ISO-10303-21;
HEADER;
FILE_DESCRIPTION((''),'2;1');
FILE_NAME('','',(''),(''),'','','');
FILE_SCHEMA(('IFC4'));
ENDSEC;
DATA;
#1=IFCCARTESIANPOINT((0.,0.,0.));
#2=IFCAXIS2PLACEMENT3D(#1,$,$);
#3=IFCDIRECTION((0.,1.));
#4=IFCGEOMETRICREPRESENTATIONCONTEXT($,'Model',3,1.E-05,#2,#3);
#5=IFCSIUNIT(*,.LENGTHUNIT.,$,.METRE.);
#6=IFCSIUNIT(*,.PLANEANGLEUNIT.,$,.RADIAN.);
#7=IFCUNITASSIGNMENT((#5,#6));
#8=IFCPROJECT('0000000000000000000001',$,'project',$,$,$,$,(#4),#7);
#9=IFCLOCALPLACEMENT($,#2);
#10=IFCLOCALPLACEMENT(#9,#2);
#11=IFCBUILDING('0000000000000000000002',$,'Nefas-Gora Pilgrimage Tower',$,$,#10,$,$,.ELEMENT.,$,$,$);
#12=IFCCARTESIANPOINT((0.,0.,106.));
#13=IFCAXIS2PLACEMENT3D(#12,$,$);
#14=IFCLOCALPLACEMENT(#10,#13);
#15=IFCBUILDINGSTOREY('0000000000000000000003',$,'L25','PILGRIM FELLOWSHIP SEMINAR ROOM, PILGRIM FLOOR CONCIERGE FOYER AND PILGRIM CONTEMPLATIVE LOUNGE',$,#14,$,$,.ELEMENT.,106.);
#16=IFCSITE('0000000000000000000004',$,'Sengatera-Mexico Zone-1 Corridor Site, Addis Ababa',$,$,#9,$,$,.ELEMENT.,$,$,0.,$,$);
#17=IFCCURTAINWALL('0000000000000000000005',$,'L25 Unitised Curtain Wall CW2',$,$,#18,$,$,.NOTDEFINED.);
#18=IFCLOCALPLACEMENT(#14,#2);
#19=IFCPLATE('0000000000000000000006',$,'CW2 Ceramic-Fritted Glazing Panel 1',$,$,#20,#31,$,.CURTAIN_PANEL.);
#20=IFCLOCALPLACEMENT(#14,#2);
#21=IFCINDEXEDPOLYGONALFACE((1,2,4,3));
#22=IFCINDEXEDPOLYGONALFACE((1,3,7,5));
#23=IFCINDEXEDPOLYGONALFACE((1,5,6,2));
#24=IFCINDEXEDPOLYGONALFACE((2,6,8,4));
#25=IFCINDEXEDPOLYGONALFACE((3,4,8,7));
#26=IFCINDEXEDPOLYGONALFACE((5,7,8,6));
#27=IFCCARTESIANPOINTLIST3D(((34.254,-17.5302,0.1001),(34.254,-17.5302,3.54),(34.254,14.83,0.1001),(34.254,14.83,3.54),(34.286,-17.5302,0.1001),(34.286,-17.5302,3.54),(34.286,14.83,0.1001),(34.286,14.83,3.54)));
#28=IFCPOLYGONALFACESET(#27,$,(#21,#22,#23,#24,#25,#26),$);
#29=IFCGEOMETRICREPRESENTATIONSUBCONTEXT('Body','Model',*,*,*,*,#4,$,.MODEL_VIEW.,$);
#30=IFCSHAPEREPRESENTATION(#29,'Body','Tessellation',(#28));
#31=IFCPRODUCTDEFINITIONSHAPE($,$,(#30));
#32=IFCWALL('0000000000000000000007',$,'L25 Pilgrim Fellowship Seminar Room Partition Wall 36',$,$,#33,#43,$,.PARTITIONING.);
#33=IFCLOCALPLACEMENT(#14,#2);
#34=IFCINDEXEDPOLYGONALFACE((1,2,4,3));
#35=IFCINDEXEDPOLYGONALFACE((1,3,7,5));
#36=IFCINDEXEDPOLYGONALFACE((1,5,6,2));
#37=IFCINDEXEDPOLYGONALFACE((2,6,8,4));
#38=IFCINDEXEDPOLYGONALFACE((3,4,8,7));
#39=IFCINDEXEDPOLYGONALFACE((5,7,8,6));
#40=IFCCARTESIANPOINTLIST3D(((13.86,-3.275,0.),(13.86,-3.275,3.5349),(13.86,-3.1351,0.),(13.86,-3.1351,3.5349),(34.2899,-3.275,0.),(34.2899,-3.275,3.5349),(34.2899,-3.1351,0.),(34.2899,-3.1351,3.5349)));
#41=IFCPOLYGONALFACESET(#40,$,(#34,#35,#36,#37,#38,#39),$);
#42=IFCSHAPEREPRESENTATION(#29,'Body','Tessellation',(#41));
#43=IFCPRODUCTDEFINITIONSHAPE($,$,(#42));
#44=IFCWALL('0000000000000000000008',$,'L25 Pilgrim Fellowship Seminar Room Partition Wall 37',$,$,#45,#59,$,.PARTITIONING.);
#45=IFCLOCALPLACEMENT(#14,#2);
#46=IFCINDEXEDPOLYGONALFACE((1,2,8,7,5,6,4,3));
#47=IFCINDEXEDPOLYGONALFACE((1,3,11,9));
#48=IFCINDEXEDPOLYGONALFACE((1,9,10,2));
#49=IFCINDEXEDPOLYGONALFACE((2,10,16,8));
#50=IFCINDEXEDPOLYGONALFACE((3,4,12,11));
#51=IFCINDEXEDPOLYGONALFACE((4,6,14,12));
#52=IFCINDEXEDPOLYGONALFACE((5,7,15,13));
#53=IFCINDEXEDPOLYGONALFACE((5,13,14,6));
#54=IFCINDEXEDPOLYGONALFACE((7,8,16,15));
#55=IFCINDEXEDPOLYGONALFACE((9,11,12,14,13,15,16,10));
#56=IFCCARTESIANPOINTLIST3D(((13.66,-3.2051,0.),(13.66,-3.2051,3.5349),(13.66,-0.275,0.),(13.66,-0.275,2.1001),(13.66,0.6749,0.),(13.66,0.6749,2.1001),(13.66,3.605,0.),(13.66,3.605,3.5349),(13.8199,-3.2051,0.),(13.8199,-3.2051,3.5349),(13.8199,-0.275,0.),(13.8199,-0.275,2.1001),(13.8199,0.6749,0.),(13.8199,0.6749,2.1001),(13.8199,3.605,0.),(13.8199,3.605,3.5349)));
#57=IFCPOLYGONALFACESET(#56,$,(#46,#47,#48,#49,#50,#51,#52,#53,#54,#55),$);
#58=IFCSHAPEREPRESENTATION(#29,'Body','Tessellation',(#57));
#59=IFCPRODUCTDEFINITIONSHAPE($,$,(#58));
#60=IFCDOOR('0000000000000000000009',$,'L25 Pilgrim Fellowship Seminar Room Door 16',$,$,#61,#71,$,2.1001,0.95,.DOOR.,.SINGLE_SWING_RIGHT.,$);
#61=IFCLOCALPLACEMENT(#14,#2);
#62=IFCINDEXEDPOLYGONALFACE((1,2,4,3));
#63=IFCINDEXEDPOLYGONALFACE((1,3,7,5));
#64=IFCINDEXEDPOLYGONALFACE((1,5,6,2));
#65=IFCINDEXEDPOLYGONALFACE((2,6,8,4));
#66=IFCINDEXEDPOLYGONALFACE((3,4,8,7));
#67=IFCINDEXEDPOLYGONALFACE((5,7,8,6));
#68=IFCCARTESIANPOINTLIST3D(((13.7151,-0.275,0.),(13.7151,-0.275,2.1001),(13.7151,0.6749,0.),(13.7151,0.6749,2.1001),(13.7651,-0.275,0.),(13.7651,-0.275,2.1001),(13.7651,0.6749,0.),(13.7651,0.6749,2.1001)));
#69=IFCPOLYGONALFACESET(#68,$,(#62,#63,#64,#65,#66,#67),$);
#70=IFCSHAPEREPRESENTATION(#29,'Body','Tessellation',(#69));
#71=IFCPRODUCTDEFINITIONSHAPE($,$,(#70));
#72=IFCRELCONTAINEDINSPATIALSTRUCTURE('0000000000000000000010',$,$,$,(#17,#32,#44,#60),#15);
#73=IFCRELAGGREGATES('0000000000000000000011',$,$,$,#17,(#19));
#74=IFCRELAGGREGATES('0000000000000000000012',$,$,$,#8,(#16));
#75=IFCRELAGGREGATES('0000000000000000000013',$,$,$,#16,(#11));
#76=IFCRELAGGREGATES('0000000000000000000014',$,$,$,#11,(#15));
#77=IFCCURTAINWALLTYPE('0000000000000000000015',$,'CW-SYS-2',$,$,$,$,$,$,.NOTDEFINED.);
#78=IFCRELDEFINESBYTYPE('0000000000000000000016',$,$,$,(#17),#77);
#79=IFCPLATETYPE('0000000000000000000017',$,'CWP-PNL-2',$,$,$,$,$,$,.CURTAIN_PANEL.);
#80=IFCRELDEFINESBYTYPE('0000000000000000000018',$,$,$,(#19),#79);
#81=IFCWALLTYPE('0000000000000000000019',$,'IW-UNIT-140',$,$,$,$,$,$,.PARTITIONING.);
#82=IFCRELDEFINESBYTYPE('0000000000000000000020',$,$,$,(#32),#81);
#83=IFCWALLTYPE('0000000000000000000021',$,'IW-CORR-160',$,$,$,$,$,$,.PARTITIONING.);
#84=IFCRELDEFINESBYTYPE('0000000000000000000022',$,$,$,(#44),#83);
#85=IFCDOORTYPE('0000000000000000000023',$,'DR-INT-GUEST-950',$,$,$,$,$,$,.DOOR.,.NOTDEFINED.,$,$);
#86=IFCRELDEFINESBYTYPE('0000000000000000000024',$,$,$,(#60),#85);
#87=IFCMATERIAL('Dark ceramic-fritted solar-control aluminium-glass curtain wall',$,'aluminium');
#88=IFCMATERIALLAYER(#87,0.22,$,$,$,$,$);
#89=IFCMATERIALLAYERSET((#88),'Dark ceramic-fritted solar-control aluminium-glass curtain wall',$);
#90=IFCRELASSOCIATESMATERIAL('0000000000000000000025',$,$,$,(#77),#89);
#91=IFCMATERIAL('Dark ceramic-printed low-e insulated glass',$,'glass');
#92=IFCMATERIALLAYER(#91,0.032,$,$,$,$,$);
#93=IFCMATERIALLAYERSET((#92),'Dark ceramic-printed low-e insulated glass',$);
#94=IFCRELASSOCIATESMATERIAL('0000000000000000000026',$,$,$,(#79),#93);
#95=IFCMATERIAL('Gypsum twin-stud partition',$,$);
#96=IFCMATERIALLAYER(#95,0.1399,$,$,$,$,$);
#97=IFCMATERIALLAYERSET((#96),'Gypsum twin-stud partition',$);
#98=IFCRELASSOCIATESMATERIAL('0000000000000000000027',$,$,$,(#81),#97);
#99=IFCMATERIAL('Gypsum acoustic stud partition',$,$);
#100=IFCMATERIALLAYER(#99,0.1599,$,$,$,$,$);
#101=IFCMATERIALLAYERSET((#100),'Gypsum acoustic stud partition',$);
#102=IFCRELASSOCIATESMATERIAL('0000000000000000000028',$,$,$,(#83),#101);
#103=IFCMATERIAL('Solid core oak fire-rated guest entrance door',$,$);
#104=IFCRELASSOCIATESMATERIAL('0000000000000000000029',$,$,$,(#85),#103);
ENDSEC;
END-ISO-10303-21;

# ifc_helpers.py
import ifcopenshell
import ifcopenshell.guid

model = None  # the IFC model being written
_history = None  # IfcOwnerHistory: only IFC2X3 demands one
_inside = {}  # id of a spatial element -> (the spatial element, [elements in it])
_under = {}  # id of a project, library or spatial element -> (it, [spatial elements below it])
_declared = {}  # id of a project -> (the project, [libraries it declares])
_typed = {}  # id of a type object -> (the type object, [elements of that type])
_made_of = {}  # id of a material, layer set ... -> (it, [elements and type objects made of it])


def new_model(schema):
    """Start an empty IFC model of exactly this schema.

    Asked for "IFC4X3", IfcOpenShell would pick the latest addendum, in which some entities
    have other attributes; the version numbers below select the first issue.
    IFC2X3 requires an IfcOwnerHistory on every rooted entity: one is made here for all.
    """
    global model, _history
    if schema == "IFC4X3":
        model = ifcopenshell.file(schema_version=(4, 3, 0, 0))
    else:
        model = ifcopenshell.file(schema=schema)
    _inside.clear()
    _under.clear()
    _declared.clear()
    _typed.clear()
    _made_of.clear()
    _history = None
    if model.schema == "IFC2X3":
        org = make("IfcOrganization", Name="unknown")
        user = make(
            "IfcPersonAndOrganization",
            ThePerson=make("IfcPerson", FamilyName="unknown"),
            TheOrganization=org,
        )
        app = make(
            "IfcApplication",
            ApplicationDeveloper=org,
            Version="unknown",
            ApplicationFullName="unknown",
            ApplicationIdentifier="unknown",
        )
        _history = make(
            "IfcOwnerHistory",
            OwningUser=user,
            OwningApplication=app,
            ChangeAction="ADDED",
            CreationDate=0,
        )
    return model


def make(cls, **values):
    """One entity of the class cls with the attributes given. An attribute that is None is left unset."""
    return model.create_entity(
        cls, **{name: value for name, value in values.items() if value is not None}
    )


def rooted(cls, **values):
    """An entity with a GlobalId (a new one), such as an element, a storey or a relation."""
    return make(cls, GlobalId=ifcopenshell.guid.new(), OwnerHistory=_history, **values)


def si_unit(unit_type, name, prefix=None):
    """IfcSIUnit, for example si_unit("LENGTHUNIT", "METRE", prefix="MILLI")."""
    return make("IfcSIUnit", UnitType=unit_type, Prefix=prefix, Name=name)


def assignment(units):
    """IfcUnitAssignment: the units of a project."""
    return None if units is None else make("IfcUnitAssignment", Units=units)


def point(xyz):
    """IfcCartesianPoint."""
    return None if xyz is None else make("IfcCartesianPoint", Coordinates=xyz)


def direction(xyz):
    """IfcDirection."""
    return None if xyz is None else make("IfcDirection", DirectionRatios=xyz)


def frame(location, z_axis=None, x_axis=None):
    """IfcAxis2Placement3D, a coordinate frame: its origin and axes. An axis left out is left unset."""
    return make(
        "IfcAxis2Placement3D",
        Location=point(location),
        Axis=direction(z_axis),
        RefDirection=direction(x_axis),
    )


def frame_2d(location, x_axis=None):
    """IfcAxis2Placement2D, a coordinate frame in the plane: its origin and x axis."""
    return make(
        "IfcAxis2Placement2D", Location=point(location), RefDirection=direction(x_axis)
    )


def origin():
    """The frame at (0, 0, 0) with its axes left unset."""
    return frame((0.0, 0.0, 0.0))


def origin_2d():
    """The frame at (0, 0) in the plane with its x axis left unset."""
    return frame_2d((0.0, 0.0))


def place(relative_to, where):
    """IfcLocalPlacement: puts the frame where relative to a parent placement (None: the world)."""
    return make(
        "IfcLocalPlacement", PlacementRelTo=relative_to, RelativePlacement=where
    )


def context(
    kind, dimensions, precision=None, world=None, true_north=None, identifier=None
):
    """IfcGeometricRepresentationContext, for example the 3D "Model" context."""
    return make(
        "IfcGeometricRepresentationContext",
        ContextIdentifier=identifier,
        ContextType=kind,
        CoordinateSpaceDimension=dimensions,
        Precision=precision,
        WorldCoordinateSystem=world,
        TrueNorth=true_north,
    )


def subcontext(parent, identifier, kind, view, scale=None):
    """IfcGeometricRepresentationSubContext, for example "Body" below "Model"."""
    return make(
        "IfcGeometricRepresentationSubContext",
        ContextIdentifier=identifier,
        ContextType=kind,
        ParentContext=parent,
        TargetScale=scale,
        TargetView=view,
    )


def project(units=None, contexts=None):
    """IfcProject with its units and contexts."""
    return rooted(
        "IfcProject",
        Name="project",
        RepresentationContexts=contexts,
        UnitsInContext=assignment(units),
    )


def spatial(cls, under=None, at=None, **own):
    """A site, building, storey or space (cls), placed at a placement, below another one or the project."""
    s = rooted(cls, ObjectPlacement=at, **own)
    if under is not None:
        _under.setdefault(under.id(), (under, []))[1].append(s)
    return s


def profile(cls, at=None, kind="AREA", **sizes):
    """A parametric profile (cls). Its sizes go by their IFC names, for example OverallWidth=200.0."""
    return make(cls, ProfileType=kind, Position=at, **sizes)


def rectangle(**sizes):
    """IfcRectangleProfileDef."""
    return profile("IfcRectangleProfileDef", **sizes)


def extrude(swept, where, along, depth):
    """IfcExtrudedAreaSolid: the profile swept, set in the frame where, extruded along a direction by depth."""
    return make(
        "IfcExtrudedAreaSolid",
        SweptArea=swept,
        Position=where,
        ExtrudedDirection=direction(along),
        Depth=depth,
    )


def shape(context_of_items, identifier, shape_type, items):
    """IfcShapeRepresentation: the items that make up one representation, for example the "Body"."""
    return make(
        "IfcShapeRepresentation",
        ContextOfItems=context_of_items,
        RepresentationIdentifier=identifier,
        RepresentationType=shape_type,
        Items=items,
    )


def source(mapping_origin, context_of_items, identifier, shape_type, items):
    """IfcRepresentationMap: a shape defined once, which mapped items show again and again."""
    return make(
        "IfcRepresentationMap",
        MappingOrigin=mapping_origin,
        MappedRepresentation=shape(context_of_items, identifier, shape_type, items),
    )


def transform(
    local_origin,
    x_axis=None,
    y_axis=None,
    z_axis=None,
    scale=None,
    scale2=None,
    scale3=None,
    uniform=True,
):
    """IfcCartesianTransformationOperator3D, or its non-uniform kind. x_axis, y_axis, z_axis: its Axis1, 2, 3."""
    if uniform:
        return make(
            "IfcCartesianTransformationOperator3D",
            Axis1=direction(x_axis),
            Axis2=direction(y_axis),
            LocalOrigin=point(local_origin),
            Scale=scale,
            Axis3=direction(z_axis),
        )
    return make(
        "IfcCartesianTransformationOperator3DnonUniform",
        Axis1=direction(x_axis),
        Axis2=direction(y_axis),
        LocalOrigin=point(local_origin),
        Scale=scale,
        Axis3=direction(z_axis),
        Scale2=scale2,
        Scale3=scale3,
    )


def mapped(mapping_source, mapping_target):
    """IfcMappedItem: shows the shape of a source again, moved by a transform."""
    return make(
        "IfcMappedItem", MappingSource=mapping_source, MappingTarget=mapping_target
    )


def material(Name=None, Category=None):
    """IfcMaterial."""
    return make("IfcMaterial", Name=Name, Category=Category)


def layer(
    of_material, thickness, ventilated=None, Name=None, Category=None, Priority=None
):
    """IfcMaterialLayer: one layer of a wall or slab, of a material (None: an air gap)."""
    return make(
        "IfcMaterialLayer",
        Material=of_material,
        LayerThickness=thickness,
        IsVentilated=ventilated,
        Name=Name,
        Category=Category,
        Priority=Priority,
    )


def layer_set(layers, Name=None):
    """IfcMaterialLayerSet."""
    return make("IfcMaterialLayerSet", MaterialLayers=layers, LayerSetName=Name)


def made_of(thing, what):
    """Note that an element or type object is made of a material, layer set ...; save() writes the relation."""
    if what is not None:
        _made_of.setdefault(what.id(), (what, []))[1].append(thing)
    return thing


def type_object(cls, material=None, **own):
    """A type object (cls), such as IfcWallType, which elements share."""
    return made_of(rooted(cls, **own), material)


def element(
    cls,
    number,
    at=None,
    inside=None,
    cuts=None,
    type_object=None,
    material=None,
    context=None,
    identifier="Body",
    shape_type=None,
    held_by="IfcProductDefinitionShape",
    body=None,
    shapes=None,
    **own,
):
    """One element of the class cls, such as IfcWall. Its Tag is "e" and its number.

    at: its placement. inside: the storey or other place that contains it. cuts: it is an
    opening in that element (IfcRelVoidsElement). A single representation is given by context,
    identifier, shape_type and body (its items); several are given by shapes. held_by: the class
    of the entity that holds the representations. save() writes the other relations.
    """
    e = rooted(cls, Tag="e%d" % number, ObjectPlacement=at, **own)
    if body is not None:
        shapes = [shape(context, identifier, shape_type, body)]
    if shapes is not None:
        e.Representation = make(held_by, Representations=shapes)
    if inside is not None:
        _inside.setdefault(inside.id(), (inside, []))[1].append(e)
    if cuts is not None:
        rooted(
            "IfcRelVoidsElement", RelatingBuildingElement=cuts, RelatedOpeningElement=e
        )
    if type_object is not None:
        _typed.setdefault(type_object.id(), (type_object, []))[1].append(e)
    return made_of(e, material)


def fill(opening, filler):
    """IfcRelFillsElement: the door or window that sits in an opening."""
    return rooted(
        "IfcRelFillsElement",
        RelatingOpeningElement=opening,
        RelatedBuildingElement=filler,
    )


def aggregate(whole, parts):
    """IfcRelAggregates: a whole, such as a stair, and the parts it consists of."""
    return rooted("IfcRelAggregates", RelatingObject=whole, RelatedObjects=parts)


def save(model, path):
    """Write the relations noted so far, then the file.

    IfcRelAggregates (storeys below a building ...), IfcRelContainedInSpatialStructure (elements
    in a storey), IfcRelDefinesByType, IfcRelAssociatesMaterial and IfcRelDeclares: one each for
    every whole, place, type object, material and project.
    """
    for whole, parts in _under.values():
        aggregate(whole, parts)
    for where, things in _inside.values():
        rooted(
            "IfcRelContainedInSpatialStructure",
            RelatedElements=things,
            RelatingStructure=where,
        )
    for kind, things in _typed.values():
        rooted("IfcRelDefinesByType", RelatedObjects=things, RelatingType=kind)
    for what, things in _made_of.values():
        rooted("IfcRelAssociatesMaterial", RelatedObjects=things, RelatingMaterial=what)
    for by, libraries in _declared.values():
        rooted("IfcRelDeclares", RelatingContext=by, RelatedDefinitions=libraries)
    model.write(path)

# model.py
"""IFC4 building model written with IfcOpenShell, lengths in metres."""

from ifc_helpers import new_model, si_unit, direction, frame, frame_2d, origin, origin_2d, place, context, subcontext, project, spatial, rectangle, extrude, source, transform, mapped, material, layer, layer_set, type_object, element, fill, aggregate, save


model = new_model("IFC4")

# Units and contexts
model_context = context("Model", 3, precision=1e-05, world=origin(), true_north=direction((0.0, 1.0)))
body_context = subcontext(model_context, "Body", "Model", "MODEL_VIEW")
ifc_project = project(units=[si_unit("LENGTHUNIT", "METRE"), si_unit("PLANEANGLEUNIT", "RADIAN")], contexts=[model_context])

# Site, building, storey
site_placement = place(None, origin())
site = spatial("IfcSite", under=ifc_project, at=site_placement, Name="Sengatera-Mexico Zone-1 Corridor Site, Addis Ababa", CompositionType="ELEMENT", RefElevation=0.0)
building_placement = place(site_placement, origin())
building = spatial("IfcBuilding", under=site, at=building_placement, Name="Nefas-Gora Pilgrimage Tower", CompositionType="ELEMENT")
storey_placement = place(building_placement, frame((0.0, 0.0, 106.0)))
storey = spatial("IfcBuildingStorey", under=building, at=storey_placement, Name="L25", Description="PILGRIM FELLOWSHIP SEMINAR ROOM, PILGRIM FLOOR CONCIERGE FOYER AND PILGRIM CONTEMPLATIVE LOUNGE", CompositionType="ELEMENT", Elevation=106.0)

# Curtain wall, plate
ifc_material_1 = material(Name="Dark ceramic-fritted solar-control aluminium-glass curtain wall", Category="aluminium")
ifc_layer_1 = layer(ifc_material_1, 0.22)
ifc_layer_set_1 = layer_set([ifc_layer_1], Name="Dark ceramic-fritted solar-control aluminium-glass curtain wall")
curtain_wall_type = type_object("IfcCurtainWallType", Name="CW-SYS-2", PredefinedType="NOTDEFINED", material=ifc_layer_set_1)
curtain_wall_placement = place(storey_placement, origin())
curtain_wall = element("IfcCurtainWall", 1, at=curtain_wall_placement, inside=storey, type_object=curtain_wall_type, Name="L25 Unitised Curtain Wall CW2", PredefinedType="NOTDEFINED")
ifc_material_2 = material(Name="Dark ceramic-printed low-e insulated glass", Category="glass")
ifc_layer_2 = layer(ifc_material_2, 0.032)
ifc_layer_set_2 = layer_set([ifc_layer_2], Name="Dark ceramic-printed low-e insulated glass")
plate_type = type_object("IfcPlateType", Name="CWP-PNL-2", PredefinedType="CURTAIN_PANEL", material=ifc_layer_set_2)
shared_shape_1 = source(origin(), body_context, "Body", "SweptSolid", [
    extrude(rectangle(XDim=32.3601, YDim=0.032, at=origin_2d()), origin(), (0.0, 0.0, 1.0), 3.4399),
])
plate_placement = place(storey_placement, frame((34.27, -1.3501, 0.1001), z_axis=(0.0, 0.0, 1.0), x_axis=(0.0, 1.0, 0.0)))
plate = element("IfcPlate", 2, at=plate_placement, type_object=plate_type, Name="CW2 Ceramic-Fritted Glazing Panel 1", PredefinedType="CURTAIN_PANEL", context=body_context, shape_type="MappedRepresentation", body=[
    mapped(shared_shape_1, transform((0.0, 0.0, 0.0), x_axis=(1.0, 0.0, 0.0), y_axis=(0.0, 1.0, 0.0), z_axis=(0.0, 0.0, 1.0), scale=1.0)),
])
aggregate(curtain_wall, [plate])

# Wall
ifc_material_3 = material(Name="Gypsum twin-stud partition")
ifc_layer_3 = layer(ifc_material_3, 0.1399)
ifc_layer_set_3 = layer_set([ifc_layer_3], Name="Gypsum twin-stud partition")
wall_type_1 = type_object("IfcWallType", Name="IW-UNIT-140", PredefinedType="PARTITIONING", material=ifc_layer_set_3)
shared_shape_2 = source(origin(), body_context, "Body", "SweptSolid", [
    extrude(rectangle(XDim=20.4299, YDim=0.1399, at=frame_2d((10.2148, 0.0))), origin(), (0.0, 0.0, 1.0), 3.5349),
])
wall_1_placement = place(storey_placement, frame((13.8601, -3.2051, 0.0), z_axis=(0.0, 0.0, 1.0), x_axis=(1.0, 0.0, 0.0)))
element("IfcWall", 3, at=wall_1_placement, inside=storey, type_object=wall_type_1, Name="L25 Pilgrim Fellowship Seminar Room Partition Wall 36", PredefinedType="PARTITIONING", context=body_context, shape_type="MappedRepresentation", body=[
    mapped(shared_shape_2, transform((0.0, 0.0, 0.0), x_axis=(1.0, 0.0, 0.0), y_axis=(0.0, 1.0, 0.0), z_axis=(0.0, 0.0, 1.0), scale=1.0)),
])

# Wall, opening, door
ifc_material_4 = material(Name="Gypsum acoustic stud partition")
ifc_layer_4 = layer(ifc_material_4, 0.1599)
ifc_layer_set_4 = layer_set([ifc_layer_4], Name="Gypsum acoustic stud partition")
wall_type_2 = type_object("IfcWallType", Name="IW-CORR-160", PredefinedType="PARTITIONING", material=ifc_layer_set_4)
shared_shape_3 = source(origin(), body_context, "Body", "SweptSolid", [
    extrude(rectangle(XDim=6.8101, YDim=0.1599, at=frame_2d((3.405, 0.0))), origin(), (0.0, 0.0, 1.0), 3.5349),
])
wall_2_placement = place(storey_placement, frame((13.74, -3.2051, 0.0), z_axis=(0.0, 0.0, 1.0), x_axis=(0.0, 1.0, 0.0)))
wall_2 = element("IfcWall", 4, at=wall_2_placement, inside=storey, type_object=wall_type_2, Name="L25 Pilgrim Fellowship Seminar Room Partition Wall 37", PredefinedType="PARTITIONING", context=body_context, shape_type="MappedRepresentation", body=[
    mapped(shared_shape_3, transform((0.0, 0.0, 0.0), x_axis=(1.0, 0.0, 0.0), y_axis=(0.0, 1.0, 0.0), z_axis=(0.0, 0.0, 1.0), scale=1.0)),
])
opening_placement = place(wall_2_placement, frame((2.9299, 0.0, 0.0)))
opening = element("IfcOpeningElement", 5, at=opening_placement, cuts=wall_2, PredefinedType="OPENING", context=body_context, shape_type="SweptSolid", body=[
    extrude(rectangle(XDim=0.95, YDim=2.1001, at=frame_2d((0.4751, 1.05))), frame((0.0, 0.0898, 0.0), z_axis=(0.0, -1.0, 0.0), x_axis=(1.0, 0.0, 0.0)), (0.0, 0.0, 1.0), 0.1799),
])
ifc_material_5 = material(Name="Solid core oak fire-rated guest entrance door")
door_type = type_object("IfcDoorType", Name="DR-INT-GUEST-950", OperationType="NOTDEFINED", PredefinedType="DOOR", material=ifc_material_5)
shared_shape_4 = source(origin(), body_context, "Body", "SweptSolid", [
    extrude(rectangle(XDim=0.95, YDim=2.1001, at=frame_2d((0.4751, 1.05))), frame((0.0, 0.0249, 0.0), z_axis=(0.0, -1.0, 0.0), x_axis=(1.0, 0.0, 0.0)), (0.0, 0.0, 1.0), 0.05),
])
door_placement = place(opening_placement, origin())
door = element("IfcDoor", 6, at=door_placement, inside=storey, type_object=door_type, Name="L25 Pilgrim Fellowship Seminar Room Door 16", OperationType="SINGLE_SWING_RIGHT", OverallHeight=2.1001, OverallWidth=0.95, PredefinedType="DOOR", context=body_context, shape_type="MappedRepresentation", body=[
    mapped(shared_shape_4, transform((0.0, 0.0, 0.0), x_axis=(1.0, 0.0, 0.0), y_axis=(0.0, 1.0, 0.0), z_axis=(0.0, 0.0, 1.0), scale=1.0)),
])
fill(opening, door)

save(model, "model.ifc")
